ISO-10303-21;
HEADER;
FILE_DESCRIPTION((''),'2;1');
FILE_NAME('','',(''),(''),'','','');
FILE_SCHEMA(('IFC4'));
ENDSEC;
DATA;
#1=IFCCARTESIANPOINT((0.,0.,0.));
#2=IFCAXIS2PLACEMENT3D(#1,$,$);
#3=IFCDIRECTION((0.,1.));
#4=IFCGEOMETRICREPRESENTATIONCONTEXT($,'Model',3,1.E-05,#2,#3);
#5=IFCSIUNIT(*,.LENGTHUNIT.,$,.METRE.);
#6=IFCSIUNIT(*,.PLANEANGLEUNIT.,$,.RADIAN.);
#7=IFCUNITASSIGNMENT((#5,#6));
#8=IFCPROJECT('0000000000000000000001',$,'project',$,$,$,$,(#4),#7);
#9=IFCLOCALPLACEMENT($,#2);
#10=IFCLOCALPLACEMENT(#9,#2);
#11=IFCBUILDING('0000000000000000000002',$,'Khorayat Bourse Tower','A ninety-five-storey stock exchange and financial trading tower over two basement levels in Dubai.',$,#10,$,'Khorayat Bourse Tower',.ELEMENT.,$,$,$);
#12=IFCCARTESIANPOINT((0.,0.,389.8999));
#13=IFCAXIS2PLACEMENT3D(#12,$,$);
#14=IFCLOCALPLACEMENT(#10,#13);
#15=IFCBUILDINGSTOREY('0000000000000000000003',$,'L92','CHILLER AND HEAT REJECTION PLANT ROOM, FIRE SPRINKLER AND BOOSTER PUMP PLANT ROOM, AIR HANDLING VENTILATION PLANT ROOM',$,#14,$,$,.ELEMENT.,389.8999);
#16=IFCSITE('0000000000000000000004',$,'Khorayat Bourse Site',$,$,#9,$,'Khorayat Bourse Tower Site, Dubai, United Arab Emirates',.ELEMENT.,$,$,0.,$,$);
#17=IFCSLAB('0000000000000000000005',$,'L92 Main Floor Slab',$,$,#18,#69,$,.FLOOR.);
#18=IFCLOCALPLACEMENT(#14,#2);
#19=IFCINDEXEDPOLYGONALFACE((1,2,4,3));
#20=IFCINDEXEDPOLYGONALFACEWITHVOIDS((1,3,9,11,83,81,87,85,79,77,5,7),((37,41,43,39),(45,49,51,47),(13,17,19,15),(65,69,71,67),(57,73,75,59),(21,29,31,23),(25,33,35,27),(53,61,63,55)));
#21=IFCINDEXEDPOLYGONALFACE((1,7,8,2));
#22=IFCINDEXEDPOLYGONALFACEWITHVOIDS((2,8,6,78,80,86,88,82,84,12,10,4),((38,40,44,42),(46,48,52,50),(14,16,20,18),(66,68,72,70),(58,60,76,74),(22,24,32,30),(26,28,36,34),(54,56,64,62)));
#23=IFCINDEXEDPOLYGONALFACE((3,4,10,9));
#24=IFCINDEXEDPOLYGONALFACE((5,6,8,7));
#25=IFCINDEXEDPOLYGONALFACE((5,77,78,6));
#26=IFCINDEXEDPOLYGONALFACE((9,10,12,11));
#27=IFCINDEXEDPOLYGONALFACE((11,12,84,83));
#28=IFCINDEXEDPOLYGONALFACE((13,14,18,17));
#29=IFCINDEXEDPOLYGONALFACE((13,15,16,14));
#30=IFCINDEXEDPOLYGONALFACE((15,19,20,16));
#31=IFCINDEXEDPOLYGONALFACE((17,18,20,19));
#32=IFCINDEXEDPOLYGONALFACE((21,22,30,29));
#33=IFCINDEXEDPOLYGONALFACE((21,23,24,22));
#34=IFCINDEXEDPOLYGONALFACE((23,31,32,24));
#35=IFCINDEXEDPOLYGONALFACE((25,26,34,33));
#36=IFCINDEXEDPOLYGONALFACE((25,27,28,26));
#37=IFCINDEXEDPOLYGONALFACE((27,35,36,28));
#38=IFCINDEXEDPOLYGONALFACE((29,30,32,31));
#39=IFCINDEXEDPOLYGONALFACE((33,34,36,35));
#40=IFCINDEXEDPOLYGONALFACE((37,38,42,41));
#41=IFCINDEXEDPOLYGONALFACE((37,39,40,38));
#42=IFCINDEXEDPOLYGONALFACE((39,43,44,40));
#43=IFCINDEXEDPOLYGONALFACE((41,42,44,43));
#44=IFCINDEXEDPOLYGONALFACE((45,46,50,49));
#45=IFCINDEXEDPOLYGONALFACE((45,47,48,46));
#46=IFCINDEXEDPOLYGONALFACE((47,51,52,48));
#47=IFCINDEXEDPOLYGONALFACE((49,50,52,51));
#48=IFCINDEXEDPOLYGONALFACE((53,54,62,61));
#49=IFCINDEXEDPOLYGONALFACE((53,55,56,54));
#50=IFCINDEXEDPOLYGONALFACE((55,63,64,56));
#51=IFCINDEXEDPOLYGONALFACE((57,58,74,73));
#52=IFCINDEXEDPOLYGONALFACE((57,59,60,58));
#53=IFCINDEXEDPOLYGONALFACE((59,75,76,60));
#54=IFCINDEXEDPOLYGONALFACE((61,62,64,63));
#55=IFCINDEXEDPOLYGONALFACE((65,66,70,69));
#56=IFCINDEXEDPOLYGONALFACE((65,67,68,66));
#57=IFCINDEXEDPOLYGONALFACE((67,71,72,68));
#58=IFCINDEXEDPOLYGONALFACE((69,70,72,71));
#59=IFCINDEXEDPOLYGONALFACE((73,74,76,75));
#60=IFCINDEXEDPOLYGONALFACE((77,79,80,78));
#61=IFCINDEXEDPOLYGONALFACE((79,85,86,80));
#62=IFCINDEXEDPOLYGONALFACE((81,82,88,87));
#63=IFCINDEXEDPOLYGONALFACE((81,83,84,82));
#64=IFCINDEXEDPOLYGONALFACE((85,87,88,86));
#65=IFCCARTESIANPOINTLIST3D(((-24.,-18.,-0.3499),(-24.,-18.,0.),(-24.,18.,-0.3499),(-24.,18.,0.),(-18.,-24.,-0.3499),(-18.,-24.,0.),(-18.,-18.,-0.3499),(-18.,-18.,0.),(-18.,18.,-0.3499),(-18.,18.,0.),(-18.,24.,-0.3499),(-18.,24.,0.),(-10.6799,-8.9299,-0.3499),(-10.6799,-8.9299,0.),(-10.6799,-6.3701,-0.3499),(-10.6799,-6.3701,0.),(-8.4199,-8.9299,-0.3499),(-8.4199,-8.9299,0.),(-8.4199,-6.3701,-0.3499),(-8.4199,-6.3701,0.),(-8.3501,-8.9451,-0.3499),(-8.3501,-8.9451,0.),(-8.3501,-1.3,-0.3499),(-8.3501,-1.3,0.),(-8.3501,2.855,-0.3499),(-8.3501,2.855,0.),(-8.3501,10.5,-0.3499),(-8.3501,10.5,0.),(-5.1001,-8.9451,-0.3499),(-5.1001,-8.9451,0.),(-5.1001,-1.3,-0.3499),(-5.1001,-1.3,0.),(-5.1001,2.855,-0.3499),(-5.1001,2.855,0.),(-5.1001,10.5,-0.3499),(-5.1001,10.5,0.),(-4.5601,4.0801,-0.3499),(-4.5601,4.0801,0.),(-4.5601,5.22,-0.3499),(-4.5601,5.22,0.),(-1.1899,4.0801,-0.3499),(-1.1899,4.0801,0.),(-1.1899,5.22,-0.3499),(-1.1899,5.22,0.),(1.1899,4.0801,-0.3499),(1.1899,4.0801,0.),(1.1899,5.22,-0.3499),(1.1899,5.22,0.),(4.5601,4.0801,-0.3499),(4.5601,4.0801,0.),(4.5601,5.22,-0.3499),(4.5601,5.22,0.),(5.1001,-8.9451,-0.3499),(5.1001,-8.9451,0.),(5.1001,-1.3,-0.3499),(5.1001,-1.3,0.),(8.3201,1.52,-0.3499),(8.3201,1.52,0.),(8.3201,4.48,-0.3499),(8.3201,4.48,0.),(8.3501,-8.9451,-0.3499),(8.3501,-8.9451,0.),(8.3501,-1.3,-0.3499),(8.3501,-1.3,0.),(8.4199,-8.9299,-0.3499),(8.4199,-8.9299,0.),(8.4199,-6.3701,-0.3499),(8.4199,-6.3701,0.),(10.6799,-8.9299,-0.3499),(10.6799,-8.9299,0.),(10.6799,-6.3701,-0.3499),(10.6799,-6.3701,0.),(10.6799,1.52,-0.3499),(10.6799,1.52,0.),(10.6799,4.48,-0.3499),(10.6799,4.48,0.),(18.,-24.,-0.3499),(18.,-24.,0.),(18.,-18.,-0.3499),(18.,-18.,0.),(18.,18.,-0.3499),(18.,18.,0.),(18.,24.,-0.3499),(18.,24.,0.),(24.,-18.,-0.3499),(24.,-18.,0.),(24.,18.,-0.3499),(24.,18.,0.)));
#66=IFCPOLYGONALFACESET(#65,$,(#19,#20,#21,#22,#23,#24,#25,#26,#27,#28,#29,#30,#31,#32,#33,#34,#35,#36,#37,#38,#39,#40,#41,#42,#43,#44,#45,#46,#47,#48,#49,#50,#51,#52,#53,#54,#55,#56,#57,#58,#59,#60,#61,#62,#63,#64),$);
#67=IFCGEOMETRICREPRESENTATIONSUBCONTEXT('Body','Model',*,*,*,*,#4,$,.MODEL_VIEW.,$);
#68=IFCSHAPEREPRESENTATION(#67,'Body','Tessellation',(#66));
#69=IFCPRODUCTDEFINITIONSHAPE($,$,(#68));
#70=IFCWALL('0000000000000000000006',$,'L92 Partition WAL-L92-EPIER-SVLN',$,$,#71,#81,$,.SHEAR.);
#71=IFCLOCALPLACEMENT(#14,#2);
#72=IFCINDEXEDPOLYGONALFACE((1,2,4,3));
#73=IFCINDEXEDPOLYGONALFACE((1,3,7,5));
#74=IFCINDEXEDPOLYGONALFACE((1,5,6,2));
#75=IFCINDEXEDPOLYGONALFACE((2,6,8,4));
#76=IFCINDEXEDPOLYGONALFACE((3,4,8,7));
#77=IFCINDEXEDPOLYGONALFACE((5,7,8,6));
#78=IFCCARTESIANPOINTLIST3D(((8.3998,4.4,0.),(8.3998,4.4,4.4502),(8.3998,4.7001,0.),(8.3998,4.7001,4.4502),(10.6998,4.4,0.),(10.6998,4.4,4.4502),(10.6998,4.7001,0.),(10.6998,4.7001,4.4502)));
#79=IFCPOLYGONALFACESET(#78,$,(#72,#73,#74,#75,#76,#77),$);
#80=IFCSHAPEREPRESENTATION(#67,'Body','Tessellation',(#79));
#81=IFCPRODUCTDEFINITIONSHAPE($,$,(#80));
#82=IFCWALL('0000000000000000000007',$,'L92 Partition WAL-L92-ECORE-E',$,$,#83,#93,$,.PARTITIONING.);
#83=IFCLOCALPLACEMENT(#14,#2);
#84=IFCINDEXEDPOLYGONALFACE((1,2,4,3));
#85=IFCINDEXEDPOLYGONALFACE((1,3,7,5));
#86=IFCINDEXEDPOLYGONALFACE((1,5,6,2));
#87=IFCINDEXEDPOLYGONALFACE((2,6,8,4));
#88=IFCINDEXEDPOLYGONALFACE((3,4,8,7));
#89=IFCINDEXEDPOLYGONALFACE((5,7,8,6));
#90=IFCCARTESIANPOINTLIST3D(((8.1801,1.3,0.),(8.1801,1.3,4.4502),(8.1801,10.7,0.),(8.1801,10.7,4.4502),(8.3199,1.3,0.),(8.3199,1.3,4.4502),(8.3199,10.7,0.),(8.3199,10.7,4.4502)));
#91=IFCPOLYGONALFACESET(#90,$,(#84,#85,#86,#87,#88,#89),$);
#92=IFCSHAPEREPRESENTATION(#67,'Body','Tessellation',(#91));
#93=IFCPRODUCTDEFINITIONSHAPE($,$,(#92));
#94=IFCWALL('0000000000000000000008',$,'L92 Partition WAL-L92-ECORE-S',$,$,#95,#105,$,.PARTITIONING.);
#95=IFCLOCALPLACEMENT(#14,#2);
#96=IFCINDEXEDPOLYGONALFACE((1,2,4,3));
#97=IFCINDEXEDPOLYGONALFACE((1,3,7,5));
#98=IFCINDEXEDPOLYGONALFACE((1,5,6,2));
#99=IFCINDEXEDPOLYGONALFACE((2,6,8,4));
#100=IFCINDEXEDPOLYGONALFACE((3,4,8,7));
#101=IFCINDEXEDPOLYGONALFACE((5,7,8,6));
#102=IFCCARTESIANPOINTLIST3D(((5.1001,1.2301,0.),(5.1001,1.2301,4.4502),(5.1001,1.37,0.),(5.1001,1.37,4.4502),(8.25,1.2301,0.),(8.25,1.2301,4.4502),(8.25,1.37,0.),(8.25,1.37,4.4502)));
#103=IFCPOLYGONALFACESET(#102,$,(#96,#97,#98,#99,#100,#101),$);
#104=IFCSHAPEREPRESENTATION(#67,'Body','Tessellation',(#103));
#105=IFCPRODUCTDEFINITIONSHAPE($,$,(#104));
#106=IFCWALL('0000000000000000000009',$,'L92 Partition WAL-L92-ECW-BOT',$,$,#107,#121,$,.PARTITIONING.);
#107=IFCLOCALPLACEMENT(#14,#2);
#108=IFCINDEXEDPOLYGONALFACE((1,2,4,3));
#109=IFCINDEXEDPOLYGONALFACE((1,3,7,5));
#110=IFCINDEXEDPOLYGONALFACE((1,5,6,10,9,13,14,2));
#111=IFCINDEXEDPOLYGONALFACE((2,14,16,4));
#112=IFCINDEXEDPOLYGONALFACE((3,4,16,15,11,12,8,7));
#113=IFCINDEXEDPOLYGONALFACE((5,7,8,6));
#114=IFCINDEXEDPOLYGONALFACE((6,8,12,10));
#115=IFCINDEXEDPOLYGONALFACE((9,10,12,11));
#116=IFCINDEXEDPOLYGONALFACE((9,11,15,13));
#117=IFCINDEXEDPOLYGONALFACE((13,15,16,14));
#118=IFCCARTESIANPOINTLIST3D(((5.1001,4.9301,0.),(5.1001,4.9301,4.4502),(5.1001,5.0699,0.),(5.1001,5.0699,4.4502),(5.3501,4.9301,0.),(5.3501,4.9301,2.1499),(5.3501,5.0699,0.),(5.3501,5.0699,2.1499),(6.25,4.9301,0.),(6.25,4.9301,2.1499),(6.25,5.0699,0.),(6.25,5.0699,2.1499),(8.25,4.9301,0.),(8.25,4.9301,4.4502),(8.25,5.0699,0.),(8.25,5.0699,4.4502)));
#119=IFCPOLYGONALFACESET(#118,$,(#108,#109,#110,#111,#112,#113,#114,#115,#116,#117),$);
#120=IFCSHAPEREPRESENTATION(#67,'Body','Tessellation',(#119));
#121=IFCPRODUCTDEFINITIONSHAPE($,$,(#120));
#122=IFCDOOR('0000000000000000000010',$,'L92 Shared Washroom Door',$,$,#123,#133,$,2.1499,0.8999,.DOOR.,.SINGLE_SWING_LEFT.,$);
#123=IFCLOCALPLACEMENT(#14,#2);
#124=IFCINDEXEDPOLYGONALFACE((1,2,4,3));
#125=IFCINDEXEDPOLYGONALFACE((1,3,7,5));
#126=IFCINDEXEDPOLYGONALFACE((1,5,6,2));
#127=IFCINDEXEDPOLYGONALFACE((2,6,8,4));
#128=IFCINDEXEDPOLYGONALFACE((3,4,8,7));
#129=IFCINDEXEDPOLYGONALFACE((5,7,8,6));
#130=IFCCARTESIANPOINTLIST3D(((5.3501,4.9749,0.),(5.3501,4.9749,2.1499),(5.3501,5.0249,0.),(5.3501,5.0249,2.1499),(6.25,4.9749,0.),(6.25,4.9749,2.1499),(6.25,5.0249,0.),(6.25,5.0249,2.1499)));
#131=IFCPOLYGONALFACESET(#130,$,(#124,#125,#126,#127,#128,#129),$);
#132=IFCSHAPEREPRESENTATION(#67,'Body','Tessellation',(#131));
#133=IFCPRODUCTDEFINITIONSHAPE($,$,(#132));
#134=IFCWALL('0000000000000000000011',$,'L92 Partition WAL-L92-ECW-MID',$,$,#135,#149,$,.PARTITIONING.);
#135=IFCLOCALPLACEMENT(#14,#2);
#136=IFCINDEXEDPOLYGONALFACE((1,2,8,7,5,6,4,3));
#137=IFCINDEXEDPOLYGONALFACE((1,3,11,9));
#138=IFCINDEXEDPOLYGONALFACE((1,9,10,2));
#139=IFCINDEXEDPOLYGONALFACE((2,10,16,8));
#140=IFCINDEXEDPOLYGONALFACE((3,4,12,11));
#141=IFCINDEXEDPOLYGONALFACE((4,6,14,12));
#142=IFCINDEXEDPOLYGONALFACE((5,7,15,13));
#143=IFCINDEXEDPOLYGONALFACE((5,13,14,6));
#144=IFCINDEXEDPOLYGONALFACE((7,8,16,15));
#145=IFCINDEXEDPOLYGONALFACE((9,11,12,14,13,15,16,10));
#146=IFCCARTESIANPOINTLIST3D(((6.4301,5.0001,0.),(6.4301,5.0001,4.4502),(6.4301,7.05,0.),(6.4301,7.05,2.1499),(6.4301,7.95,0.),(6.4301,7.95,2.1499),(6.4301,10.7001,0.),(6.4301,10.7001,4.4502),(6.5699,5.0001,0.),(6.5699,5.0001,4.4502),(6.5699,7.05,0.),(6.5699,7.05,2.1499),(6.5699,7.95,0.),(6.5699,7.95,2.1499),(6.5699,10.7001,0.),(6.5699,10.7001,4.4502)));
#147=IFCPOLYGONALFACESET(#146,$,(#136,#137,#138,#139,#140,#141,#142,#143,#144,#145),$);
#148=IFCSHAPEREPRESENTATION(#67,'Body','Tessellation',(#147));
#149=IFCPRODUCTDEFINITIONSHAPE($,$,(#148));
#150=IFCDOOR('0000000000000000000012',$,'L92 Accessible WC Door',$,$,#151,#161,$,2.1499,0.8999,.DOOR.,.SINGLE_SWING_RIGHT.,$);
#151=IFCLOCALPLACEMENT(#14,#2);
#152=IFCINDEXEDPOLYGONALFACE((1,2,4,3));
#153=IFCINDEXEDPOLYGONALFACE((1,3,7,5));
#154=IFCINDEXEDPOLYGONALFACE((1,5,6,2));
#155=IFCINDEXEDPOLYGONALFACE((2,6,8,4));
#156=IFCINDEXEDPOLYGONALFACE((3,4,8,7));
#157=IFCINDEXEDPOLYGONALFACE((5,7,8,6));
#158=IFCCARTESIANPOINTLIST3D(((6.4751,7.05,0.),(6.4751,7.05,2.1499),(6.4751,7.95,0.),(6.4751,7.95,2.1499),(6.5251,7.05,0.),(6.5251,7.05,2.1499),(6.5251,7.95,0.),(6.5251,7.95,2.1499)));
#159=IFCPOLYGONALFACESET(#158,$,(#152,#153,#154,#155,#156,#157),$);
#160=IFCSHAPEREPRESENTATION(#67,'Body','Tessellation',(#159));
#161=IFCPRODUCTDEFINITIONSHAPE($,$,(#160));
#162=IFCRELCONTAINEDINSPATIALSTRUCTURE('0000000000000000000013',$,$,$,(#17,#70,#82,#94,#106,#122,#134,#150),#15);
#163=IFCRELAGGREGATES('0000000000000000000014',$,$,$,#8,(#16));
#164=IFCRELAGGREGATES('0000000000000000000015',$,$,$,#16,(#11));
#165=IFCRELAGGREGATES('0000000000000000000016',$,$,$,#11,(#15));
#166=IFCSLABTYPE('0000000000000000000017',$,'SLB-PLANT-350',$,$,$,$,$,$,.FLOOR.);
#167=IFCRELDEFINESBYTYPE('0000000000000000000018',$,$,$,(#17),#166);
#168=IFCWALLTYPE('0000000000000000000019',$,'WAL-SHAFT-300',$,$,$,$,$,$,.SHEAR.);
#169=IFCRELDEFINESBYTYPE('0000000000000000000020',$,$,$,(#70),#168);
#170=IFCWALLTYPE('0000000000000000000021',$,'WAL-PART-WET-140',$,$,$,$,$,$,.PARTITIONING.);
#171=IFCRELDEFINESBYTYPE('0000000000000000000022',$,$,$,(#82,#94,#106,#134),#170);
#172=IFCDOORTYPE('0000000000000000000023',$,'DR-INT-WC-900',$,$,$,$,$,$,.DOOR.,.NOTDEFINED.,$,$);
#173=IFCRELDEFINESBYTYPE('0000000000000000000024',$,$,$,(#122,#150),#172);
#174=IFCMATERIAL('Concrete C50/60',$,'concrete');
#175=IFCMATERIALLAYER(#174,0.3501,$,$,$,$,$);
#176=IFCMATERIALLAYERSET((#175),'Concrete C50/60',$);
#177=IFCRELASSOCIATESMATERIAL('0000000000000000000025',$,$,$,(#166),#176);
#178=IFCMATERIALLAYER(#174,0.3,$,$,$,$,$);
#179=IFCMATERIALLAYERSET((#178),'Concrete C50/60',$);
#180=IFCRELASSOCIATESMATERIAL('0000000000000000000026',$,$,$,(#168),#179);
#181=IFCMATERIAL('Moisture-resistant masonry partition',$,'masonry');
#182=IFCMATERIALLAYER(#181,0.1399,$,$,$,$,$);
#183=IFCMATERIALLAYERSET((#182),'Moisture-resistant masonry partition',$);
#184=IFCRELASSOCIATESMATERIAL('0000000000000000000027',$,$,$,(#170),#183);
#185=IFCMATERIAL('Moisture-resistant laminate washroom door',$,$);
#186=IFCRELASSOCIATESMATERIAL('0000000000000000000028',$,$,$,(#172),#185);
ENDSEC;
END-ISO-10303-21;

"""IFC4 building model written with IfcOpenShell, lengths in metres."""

from ifc_helpers import new_model, si_unit, direction, frame, frame_2d, origin, place, context, subcontext, project, spatial, polyline, rectangle, outline, extrude, source, transform, mapped, material, layer, layer_set, type_object, element, fill, save


model = new_model("IFC4")

# Units and contexts
model_context = context("Model", 3, precision=1e-05, world=origin(), true_north=direction((0.0, 1.0)))
body_context = subcontext(model_context, "Body", "Model", "MODEL_VIEW")
ifc_project = project(units=[si_unit("LENGTHUNIT", "METRE"), si_unit("PLANEANGLEUNIT", "RADIAN")], contexts=[model_context])

# Site, building, storey
site_placement = place(None, origin())
site = spatial("IfcSite", under=ifc_project, at=site_placement, Name="Khorayat Bourse Site", LongName="Khorayat Bourse Tower Site, Dubai, United Arab Emirates", CompositionType="ELEMENT", RefElevation=0.0)
building_placement = place(site_placement, origin())
building = spatial("IfcBuilding", under=site, at=building_placement, Name="Khorayat Bourse Tower", Description="A ninety-five-storey stock exchange and financial trading tower over two basement levels in Dubai.", LongName="Khorayat Bourse Tower", CompositionType="ELEMENT")
storey_placement = place(building_placement, frame((0.0, 0.0, 389.8999)))
storey = spatial("IfcBuildingStorey", under=building, at=storey_placement, Name="L92", Description="CHILLER AND HEAT REJECTION PLANT ROOM, FIRE SPRINKLER AND BOOSTER PUMP PLANT ROOM, AIR HANDLING VENTILATION PLANT ROOM", CompositionType="ELEMENT", Elevation=389.8999)

# Slab
ifc_material_1 = material(Name="Concrete C50/60", Category="concrete")
ifc_layer_1 = layer(ifc_material_1, 0.3501)
ifc_layer_set_1 = layer_set([ifc_layer_1], Name="Concrete C50/60")
slab_type_1 = type_object("IfcSlabType", Name="SLB-PLANT-350", PredefinedType="FLOOR", material=ifc_layer_set_1)
slab_1_placement = place(storey_placement, frame((0.0, 0.0, -0.3499)))
element("IfcSlab", 1, at=slab_1_placement, inside=storey, type_object=slab_type_1, Name="L92 Main Floor Slab", PredefinedType="FLOOR", context=body_context, shape_type="SweptSolid", body=[
    extrude(outline(polyline([(-18.0, -24.0), (18.0, -24.0), (18.0, -18.0), (24.0, -18.0), (24.0, 18.0), (18.0, 18.0), (18.0, 24.0), (-18.0, 24.0), (-18.0, 18.0), (-24.0, 18.0), (-24.0, -18.0), (-18.0, -18.0), (-18.0, -24.0)]), holes=[polyline([(-8.3501, -8.9451), (-5.1001, -8.9451), (-5.1001, -1.3), (-8.3501, -1.3), (-8.3501, -8.9451)]), polyline([(-8.3501, 2.855), (-5.1001, 2.855), (-5.1001, 10.5), (-8.3501, 10.5), (-8.3501, 2.855)]), polyline([(5.1001, -8.9451), (8.3501, -8.9451), (8.3501, -1.3), (5.1001, -1.3), (5.1001, -8.9451)]), polyline([(-10.6799, -8.9299), (-8.4199, -8.9299), (-8.4199, -6.3701), (-10.6799, -6.3701), (-10.6799, -8.9299)]), polyline([(8.4199, -8.9299), (10.6799, -8.9299), (10.6799, -6.3701), (8.4199, -6.3701), (8.4199, -8.9299)]), polyline([(8.3201, 1.52), (10.6799, 1.52), (10.6799, 4.48), (8.3201, 4.48), (8.3201, 1.52)]), polyline([(-4.5601, 4.0801), (-1.1899, 4.0801), (-1.1899, 5.22), (-4.5601, 5.22), (-4.5601, 4.0801)]), polyline([(1.1899, 4.0801), (4.5601, 4.0801), (4.5601, 5.22), (1.1899, 5.22), (1.1899, 4.0801)])]), origin(), (0.0, 0.0, 1.0), 0.3499),
])

# Walls
ifc_layer_2 = layer(ifc_material_1, 0.3)
ifc_layer_set_2 = layer_set([ifc_layer_2], Name="Concrete C50/60")
wall_type_1 = type_object("IfcWallType", Name="WAL-SHAFT-300", PredefinedType="SHEAR", material=ifc_layer_set_2)
shared_shape_1 = source(origin(), body_context, "Body", "SweptSolid", [
    extrude(rectangle(XDim=2.3, YDim=0.3, at=frame_2d((1.1499, 0.0))), origin(), (0.0, 0.0, 1.0), 4.4502),
])
wall_1_placement = place(storey_placement, frame((8.3999, 4.55, 0.0), z_axis=(0.0, 0.0, 1.0), x_axis=(1.0, 0.0, 0.0)))
element("IfcWall", 2, at=wall_1_placement, inside=storey, type_object=wall_type_1, Name="L92 Partition WAL-L92-EPIER-SVLN", PredefinedType="SHEAR", context=body_context, shape_type="MappedRepresentation", body=[
    mapped(shared_shape_1, transform((0.0, 0.0, 0.0), scale=1.0)),
])
ifc_material_2 = material(Name="Moisture-resistant masonry partition", Category="masonry")
ifc_layer_3 = layer(ifc_material_2, 0.1399)
ifc_layer_set_3 = layer_set([ifc_layer_3], Name="Moisture-resistant masonry partition")
wall_type_2 = type_object("IfcWallType", Name="WAL-PART-WET-140", PredefinedType="PARTITIONING", material=ifc_layer_set_3)
shared_shape_2 = source(origin(), body_context, "Body", "SweptSolid", [
    extrude(rectangle(XDim=9.3999, YDim=0.1399, at=frame_2d((4.7, 0.0))), origin(), (0.0, 0.0, 1.0), 4.4502),
])
wall_2_placement = place(storey_placement, frame((8.25, 1.3, 0.0), z_axis=(0.0, 0.0, 1.0), x_axis=(0.0, 1.0, 0.0)))
element("IfcWall", 3, at=wall_2_placement, inside=storey, type_object=wall_type_2, Name="L92 Partition WAL-L92-ECORE-E", PredefinedType="PARTITIONING", context=body_context, shape_type="MappedRepresentation", body=[
    mapped(shared_shape_2, transform((0.0, 0.0, 0.0), scale=1.0)),
])
shared_shape_3 = source(origin(), body_context, "Body", "SweptSolid", [
    extrude(rectangle(XDim=3.1499, YDim=0.1399, at=frame_2d((1.575, 0.0))), origin(), (0.0, 0.0, 1.0), 4.4502),
])
wall_3_placement = place(storey_placement, frame((5.1001, 1.3, 0.0), z_axis=(0.0, 0.0, 1.0), x_axis=(1.0, 0.0, 0.0)))
element("IfcWall", 4, at=wall_3_placement, inside=storey, type_object=wall_type_2, Name="L92 Partition WAL-L92-ECORE-S", PredefinedType="PARTITIONING", context=body_context, shape_type="MappedRepresentation", body=[
    mapped(shared_shape_3, transform((0.0, 0.0, 0.0), scale=1.0)),
])

# Walls, openings, doors
wall_4_placement = place(storey_placement, frame((5.1001, 5.0, 0.0), z_axis=(0.0, 0.0, 1.0), x_axis=(1.0, 0.0, 0.0)))
wall_4 = element("IfcWall", 5, at=wall_4_placement, inside=storey, type_object=wall_type_2, Name="L92 Partition WAL-L92-ECW-BOT", PredefinedType="PARTITIONING", context=body_context, shape_type="MappedRepresentation", body=[
    mapped(shared_shape_3, transform((0.0, 0.0, 0.0), scale=1.0)),
])
shared_shape_4 = source(origin(), body_context, "Body", "SweptSolid", [
    extrude(rectangle(XDim=0.8999, YDim=2.1499, at=frame_2d((0.45, 1.075))), frame((0.0, 0.0798, 0.0), z_axis=(0.0, -1.0, 0.0), x_axis=(1.0, 0.0, 0.0)), (0.0, 0.0, 1.0), 0.1599),
])
opening_1_placement = place(wall_4_placement, frame((0.25, 0.0, 0.0)))
opening_1 = element("IfcOpeningElement", 6, at=opening_1_placement, cuts=wall_4, PredefinedType="OPENING", context=body_context, shape_type="MappedRepresentation", body=[
    mapped(shared_shape_4, transform((0.0, 0.0, 0.0), scale=1.0)),
])
ifc_material_3 = material(Name="Moisture-resistant laminate washroom door")
door_type = type_object("IfcDoorType", Name="DR-INT-WC-900", OperationType="NOTDEFINED", PredefinedType="DOOR", material=ifc_material_3)
shared_shape_5 = source(origin(), body_context, "Body", "SweptSolid", [
    extrude(rectangle(XDim=0.8999, YDim=2.1499, at=frame_2d((0.45, 1.075))), frame((0.0, 0.0249, 0.0), z_axis=(0.0, -1.0, 0.0), x_axis=(1.0, 0.0, 0.0)), (0.0, 0.0, 1.0), 0.05),
])
door_1_placement = place(opening_1_placement, origin())
door_1 = element("IfcDoor", 7, at=door_1_placement, inside=storey, type_object=door_type, Name="L92 Shared Washroom Door", OperationType="SINGLE_SWING_LEFT", OverallHeight=2.1499, OverallWidth=0.8999, PredefinedType="DOOR", context=body_context, shape_type="MappedRepresentation", body=[
    mapped(shared_shape_5, transform((0.0, 0.0, 0.0), scale=1.0)),
])
fill(opening_1, door_1)
shared_shape_6 = source(origin(), body_context, "Body", "SweptSolid", [
    extrude(rectangle(XDim=5.7, YDim=0.1399, at=frame_2d((2.8501, 0.0))), origin(), (0.0, 0.0, 1.0), 4.4502),
])
wall_5_placement = place(storey_placement, frame((6.5, 5.0, 0.0), z_axis=(0.0, 0.0, 1.0), x_axis=(0.0, 1.0, 0.0)))
wall_5 = element("IfcWall", 8, at=wall_5_placement, inside=storey, type_object=wall_type_2, Name="L92 Partition WAL-L92-ECW-MID", PredefinedType="PARTITIONING", context=body_context, shape_type="MappedRepresentation", body=[
    mapped(shared_shape_6, transform((0.0, 0.0, 0.0), scale=1.0)),
])
opening_2_placement = place(wall_5_placement, frame((2.05, 0.0, 0.0)))
opening_2 = element("IfcOpeningElement", 9, at=opening_2_placement, cuts=wall_5, PredefinedType="OPENING", context=body_context, shape_type="MappedRepresentation", body=[
    mapped(shared_shape_4, transform((0.0, 0.0, 0.0), scale=1.0)),
])
door_2_placement = place(opening_2_placement, origin())
door_2 = element("IfcDoor", 10, at=door_2_placement, inside=storey, type_object=door_type, Name="L92 Accessible WC Door", OperationType="SINGLE_SWING_RIGHT", OverallHeight=2.1499, OverallWidth=0.8999, PredefinedType="DOOR", context=body_context, shape_type="MappedRepresentation", body=[
    mapped(shared_shape_5, transform((0.0, 0.0, 0.0), scale=1.0)),
])
fill(opening_2, door_2)

save(model, "model.ifc")
